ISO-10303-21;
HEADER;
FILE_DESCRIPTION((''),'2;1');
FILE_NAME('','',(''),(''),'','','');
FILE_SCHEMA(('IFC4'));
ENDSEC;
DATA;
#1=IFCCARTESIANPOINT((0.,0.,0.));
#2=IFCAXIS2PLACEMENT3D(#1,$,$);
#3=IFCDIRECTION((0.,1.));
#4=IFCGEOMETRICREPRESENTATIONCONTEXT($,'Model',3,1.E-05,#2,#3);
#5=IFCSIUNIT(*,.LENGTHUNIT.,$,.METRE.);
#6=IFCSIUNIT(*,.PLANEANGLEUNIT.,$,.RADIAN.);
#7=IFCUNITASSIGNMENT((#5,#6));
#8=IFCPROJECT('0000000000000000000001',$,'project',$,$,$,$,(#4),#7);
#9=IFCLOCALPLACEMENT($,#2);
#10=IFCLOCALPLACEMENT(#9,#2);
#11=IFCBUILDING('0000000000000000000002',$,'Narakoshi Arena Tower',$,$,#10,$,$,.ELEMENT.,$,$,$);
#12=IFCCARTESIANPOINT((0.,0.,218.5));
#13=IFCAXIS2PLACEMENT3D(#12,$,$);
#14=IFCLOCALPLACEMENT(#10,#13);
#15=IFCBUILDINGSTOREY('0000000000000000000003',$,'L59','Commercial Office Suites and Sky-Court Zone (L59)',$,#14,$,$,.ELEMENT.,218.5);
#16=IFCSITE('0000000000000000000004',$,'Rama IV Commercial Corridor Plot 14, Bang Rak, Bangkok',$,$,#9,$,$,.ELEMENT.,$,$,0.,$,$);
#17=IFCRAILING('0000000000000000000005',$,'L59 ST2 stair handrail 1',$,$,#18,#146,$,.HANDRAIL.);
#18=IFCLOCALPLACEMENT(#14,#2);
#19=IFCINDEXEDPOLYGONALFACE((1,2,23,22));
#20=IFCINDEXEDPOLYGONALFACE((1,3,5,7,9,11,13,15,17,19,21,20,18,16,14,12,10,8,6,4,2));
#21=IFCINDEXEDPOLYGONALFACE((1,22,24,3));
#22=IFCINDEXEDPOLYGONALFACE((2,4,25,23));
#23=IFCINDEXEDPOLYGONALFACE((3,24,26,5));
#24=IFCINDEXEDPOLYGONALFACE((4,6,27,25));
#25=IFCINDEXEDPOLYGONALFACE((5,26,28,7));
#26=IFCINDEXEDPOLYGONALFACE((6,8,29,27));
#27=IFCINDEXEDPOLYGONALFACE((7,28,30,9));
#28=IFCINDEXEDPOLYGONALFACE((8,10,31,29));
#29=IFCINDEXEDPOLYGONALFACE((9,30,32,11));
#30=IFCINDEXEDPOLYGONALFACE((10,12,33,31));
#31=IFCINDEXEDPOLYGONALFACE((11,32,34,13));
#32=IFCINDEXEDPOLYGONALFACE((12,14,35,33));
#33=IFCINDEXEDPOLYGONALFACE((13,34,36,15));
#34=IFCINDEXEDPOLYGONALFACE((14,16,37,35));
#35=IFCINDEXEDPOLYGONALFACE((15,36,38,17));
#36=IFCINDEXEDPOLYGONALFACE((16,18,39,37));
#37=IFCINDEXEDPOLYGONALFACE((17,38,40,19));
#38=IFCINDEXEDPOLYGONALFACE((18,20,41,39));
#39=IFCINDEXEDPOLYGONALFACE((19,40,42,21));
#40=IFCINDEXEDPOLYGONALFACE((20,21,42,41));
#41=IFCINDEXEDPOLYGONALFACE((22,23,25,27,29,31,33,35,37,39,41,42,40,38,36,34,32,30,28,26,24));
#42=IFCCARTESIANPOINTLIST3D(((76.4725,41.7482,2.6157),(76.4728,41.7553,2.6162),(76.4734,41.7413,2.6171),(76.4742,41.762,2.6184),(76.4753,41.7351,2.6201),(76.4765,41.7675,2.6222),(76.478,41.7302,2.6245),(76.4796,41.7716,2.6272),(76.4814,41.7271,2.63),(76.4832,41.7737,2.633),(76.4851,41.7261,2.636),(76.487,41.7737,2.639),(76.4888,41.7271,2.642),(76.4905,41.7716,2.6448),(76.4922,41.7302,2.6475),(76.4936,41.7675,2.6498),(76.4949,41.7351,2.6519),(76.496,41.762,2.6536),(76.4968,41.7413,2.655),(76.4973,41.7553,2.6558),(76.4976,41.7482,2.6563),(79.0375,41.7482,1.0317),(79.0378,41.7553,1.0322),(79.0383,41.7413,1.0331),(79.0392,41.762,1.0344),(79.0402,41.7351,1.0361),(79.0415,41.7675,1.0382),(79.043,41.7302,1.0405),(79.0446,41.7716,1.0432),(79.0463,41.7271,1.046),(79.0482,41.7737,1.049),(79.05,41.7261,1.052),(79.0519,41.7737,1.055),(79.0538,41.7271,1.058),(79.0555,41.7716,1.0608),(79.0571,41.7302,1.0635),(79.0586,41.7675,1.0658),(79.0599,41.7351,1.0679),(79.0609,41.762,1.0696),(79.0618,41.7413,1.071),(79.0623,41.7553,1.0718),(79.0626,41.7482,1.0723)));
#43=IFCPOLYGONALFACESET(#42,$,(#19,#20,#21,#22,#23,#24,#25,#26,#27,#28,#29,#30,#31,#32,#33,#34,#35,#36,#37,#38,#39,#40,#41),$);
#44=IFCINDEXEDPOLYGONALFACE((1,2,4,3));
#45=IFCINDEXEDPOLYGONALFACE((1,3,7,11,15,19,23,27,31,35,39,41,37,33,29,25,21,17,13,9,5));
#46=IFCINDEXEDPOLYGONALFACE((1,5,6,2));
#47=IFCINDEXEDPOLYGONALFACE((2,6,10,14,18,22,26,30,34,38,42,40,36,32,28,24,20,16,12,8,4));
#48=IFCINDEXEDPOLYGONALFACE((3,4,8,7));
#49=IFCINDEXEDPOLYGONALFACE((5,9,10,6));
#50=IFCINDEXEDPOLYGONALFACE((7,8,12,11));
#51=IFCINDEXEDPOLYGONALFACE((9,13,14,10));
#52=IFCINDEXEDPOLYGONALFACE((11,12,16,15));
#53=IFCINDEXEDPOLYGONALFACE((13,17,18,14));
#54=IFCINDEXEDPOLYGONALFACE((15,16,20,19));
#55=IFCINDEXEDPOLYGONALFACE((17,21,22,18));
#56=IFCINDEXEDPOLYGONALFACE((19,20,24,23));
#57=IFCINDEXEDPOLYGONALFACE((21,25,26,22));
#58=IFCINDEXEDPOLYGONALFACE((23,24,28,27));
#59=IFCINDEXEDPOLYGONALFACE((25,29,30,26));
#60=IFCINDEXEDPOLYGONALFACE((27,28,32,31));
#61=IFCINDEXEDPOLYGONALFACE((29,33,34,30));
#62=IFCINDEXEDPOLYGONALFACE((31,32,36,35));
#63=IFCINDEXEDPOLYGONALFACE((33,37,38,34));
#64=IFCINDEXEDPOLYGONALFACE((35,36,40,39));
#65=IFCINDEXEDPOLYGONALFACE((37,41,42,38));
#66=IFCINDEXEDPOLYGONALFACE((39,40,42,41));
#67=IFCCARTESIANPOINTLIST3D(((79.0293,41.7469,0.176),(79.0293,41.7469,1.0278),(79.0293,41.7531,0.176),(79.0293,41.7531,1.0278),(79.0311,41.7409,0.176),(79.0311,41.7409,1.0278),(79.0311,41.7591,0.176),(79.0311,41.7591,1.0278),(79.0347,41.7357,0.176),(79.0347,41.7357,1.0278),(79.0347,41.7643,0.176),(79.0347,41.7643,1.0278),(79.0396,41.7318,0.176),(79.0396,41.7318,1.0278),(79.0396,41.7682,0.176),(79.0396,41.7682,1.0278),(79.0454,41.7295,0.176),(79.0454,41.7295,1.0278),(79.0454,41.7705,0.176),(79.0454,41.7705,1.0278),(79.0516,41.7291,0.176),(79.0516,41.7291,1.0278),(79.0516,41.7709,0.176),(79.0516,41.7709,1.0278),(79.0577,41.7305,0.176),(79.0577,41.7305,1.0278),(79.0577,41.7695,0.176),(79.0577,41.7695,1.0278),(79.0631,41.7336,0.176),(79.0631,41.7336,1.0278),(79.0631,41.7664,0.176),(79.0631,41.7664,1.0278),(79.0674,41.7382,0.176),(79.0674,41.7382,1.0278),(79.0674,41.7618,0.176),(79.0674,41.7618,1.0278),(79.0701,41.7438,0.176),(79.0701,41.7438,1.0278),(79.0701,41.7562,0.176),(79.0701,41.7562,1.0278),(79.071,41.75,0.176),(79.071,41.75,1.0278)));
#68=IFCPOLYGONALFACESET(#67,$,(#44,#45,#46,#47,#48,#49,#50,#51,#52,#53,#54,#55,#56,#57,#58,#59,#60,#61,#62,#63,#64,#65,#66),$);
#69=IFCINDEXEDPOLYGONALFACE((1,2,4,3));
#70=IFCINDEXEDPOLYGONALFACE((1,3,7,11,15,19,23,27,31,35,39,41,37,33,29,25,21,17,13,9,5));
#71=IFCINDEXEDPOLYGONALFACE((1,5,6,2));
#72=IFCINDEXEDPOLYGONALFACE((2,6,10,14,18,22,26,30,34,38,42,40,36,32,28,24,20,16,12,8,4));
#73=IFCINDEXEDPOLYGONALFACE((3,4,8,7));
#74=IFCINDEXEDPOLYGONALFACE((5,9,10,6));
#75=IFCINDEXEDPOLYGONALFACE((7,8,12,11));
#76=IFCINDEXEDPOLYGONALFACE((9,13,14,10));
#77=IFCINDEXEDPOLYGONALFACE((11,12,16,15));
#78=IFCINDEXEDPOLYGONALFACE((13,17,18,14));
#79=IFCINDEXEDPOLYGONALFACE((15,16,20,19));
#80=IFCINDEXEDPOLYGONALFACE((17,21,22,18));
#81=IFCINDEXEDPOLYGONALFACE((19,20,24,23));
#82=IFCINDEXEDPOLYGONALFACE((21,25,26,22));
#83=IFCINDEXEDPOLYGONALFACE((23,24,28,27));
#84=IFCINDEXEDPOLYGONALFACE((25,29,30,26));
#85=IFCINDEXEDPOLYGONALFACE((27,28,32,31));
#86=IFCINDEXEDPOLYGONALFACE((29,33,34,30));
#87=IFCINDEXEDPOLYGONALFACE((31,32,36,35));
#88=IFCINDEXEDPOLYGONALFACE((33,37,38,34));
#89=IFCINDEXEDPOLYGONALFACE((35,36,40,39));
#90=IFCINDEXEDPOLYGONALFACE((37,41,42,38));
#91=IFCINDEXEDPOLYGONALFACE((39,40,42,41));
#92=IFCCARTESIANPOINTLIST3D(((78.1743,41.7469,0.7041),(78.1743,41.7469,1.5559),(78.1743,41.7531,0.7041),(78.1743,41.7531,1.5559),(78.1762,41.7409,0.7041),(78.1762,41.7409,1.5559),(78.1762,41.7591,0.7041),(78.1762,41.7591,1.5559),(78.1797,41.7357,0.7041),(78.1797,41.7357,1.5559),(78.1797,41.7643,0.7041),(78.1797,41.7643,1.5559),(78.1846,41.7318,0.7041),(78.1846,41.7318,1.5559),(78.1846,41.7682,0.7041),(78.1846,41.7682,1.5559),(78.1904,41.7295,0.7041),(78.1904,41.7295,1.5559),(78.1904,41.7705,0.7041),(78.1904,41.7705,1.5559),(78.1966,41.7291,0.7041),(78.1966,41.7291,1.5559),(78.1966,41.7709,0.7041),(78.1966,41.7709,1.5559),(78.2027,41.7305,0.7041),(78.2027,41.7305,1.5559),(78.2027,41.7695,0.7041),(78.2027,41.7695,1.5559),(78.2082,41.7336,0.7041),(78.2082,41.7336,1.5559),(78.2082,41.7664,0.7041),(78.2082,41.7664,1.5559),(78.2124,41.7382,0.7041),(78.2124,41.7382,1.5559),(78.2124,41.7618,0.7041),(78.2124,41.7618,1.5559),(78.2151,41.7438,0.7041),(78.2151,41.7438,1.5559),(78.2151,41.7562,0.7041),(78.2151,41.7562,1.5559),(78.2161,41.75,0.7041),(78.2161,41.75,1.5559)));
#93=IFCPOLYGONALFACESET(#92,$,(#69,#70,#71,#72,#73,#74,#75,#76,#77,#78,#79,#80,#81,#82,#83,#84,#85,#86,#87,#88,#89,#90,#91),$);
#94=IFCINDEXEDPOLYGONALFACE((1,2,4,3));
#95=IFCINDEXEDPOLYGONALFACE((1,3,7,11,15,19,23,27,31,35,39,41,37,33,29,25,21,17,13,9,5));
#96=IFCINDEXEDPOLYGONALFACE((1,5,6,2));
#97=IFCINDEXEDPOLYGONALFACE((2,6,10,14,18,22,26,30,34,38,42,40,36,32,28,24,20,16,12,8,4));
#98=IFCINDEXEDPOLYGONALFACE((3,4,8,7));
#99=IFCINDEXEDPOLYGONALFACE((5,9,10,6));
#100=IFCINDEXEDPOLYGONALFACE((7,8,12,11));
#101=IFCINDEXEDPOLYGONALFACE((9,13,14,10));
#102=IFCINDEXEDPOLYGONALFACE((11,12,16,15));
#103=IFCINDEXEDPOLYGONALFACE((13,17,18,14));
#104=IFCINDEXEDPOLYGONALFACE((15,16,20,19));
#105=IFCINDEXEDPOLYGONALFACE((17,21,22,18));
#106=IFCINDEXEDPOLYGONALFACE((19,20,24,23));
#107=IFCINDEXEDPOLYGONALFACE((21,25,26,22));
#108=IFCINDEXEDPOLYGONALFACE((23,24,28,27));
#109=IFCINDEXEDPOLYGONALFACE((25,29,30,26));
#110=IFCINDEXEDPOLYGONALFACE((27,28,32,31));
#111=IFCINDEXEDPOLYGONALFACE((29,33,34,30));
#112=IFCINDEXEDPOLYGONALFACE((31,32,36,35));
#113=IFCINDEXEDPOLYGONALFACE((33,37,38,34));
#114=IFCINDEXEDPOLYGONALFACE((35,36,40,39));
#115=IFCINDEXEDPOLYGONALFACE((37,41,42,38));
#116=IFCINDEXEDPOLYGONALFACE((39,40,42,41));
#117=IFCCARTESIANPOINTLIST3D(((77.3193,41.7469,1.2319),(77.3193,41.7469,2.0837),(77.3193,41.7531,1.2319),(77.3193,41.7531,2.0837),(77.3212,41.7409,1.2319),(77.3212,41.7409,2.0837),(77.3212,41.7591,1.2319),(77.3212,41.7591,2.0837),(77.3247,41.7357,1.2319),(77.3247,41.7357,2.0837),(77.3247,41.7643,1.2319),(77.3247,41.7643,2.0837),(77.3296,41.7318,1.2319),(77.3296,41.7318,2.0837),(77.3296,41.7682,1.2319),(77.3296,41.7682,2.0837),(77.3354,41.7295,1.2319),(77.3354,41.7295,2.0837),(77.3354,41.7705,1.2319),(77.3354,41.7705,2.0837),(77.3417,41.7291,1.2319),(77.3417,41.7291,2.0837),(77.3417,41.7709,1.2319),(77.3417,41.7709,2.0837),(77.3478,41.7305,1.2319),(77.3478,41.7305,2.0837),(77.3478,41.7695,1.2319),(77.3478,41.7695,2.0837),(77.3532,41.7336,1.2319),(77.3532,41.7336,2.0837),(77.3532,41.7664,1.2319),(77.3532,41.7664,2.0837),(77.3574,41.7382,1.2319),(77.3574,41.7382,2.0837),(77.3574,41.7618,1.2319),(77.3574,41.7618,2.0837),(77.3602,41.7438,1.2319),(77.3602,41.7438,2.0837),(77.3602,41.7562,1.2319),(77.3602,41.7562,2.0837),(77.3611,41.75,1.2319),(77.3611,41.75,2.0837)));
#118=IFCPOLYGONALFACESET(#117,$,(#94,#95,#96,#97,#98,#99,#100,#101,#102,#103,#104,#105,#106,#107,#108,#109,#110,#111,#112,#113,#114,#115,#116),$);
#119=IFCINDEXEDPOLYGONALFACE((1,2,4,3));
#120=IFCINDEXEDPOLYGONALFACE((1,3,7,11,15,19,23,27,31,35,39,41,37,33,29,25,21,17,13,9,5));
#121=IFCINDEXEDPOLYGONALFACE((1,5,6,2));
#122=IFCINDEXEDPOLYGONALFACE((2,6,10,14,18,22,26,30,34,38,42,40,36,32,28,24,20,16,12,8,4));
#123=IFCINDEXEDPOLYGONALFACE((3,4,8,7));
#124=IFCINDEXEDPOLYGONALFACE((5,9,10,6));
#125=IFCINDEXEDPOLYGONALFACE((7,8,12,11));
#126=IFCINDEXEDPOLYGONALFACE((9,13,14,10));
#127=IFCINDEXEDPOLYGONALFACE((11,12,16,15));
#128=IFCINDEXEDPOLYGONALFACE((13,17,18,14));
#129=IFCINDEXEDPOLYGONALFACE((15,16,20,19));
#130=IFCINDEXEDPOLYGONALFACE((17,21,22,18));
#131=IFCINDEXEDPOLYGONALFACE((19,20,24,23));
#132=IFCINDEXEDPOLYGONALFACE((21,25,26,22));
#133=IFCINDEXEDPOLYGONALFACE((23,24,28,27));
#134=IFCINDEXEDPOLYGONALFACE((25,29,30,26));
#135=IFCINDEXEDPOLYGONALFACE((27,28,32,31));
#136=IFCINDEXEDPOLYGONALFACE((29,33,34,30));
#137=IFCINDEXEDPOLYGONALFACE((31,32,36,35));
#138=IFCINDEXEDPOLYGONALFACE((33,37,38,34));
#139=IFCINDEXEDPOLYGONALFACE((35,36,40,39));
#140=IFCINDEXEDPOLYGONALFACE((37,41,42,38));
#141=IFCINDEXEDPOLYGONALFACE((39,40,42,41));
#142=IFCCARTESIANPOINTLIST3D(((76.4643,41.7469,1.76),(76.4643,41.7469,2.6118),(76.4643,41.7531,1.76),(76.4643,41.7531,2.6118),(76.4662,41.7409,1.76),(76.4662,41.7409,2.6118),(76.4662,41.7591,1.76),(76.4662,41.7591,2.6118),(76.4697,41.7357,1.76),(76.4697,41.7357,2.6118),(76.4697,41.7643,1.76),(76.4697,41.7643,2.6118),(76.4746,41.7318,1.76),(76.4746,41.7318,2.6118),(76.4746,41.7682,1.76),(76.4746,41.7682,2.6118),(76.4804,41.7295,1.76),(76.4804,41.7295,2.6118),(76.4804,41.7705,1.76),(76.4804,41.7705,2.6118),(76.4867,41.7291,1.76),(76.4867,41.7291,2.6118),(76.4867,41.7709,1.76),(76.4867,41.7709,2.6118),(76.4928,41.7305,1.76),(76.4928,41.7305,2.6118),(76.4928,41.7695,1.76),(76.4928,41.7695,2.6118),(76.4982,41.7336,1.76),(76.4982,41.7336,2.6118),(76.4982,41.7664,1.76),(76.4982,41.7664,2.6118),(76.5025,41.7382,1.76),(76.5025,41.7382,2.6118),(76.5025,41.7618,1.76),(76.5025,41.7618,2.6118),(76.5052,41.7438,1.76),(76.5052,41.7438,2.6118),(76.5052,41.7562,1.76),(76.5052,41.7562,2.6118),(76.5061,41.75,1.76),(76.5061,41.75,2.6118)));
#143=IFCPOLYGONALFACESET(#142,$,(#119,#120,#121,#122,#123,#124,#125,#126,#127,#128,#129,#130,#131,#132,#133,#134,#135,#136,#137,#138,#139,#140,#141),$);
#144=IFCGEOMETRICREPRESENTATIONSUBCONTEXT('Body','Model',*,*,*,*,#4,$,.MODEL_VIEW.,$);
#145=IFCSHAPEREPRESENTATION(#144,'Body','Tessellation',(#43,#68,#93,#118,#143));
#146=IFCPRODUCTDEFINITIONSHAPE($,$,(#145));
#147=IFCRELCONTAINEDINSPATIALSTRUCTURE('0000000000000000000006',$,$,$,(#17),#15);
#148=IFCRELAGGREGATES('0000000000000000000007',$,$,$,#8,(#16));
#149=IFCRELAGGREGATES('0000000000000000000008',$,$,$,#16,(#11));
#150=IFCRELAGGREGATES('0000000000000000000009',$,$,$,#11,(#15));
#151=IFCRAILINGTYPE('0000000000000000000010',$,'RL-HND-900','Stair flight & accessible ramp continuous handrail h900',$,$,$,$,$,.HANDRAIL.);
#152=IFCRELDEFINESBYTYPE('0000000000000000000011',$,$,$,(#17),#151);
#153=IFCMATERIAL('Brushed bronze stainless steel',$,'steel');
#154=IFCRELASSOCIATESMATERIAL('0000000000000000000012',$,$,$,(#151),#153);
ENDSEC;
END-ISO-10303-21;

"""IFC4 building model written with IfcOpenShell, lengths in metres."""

from ifc_helpers import new_model, si_unit, direction, frame, origin, origin_2d, place, context, subcontext, project, spatial, circle, extrude, material, type_object, element, save


model = new_model("IFC4")

# Units and contexts
model_context = context("Model", 3, precision=1e-05, world=origin(), true_north=direction((0.0, 1.0)))
body_context = subcontext(model_context, "Body", "Model", "MODEL_VIEW")
ifc_project = project(units=[si_unit("LENGTHUNIT", "METRE"), si_unit("PLANEANGLEUNIT", "RADIAN")], contexts=[model_context])

# Site, building, storey
site_placement = place(None, origin())
site = spatial("IfcSite", under=ifc_project, at=site_placement, Name="Rama IV Commercial Corridor Plot 14, Bang Rak, Bangkok", CompositionType="ELEMENT", RefElevation=0.0)
building_placement = place(site_placement, origin())
building = spatial("IfcBuilding", under=site, at=building_placement, Name="Narakoshi Arena Tower", CompositionType="ELEMENT")
storey_placement = place(building_placement, frame((0.0, 0.0, 218.5)))
storey = spatial("IfcBuildingStorey", under=building, at=storey_placement, Name="L59", Description="Commercial Office Suites and Sky-Court Zone (L59)", CompositionType="ELEMENT", Elevation=218.5)

# Railing
ifc_material_1 = material(Name="Brushed bronze stainless steel", Category="steel")
railing_type = type_object("IfcRailingType", Name="RL-HND-900", Description="Stair flight & accessible ramp continuous handrail h900", PredefinedType="HANDRAIL", material=ifc_material_1)
railing_placement = place(storey_placement, frame((79.05, 41.75, 0.176)))
element("IfcRailing", 1, at=railing_placement, inside=storey, type_object=railing_type, Name="L59 ST2 stair handrail 1", PredefinedType="HANDRAIL", context=body_context, shape_type="SweptSolid", body=[
    extrude(circle(Radius=0.0239, at=origin_2d()), frame((0.0, 0.0, 0.876), z_axis=(-0.850834, 0.0, 0.525434), x_axis=(0.0, -1.0, 0.0)), (0.0, 0.0, 1.0), 3.0146),
    extrude(circle(Radius=0.021, at=origin_2d()), origin(), (0.0, 0.0, 1.0), 0.8518),
    extrude(circle(Radius=0.021, at=origin_2d()), frame((-0.855, 0.0, 0.5281)), (0.0, 0.0, 1.0), 0.8518),
    extrude(circle(Radius=0.021, at=origin_2d()), frame((-1.71, 0.0, 1.0559)), (0.0, 0.0, 1.0), 0.8518),
    extrude(circle(Radius=0.021, at=origin_2d()), frame((-2.5649, 0.0, 1.584)), (0.0, 0.0, 1.0), 0.8518),
])

save(model, "model.ifc")
